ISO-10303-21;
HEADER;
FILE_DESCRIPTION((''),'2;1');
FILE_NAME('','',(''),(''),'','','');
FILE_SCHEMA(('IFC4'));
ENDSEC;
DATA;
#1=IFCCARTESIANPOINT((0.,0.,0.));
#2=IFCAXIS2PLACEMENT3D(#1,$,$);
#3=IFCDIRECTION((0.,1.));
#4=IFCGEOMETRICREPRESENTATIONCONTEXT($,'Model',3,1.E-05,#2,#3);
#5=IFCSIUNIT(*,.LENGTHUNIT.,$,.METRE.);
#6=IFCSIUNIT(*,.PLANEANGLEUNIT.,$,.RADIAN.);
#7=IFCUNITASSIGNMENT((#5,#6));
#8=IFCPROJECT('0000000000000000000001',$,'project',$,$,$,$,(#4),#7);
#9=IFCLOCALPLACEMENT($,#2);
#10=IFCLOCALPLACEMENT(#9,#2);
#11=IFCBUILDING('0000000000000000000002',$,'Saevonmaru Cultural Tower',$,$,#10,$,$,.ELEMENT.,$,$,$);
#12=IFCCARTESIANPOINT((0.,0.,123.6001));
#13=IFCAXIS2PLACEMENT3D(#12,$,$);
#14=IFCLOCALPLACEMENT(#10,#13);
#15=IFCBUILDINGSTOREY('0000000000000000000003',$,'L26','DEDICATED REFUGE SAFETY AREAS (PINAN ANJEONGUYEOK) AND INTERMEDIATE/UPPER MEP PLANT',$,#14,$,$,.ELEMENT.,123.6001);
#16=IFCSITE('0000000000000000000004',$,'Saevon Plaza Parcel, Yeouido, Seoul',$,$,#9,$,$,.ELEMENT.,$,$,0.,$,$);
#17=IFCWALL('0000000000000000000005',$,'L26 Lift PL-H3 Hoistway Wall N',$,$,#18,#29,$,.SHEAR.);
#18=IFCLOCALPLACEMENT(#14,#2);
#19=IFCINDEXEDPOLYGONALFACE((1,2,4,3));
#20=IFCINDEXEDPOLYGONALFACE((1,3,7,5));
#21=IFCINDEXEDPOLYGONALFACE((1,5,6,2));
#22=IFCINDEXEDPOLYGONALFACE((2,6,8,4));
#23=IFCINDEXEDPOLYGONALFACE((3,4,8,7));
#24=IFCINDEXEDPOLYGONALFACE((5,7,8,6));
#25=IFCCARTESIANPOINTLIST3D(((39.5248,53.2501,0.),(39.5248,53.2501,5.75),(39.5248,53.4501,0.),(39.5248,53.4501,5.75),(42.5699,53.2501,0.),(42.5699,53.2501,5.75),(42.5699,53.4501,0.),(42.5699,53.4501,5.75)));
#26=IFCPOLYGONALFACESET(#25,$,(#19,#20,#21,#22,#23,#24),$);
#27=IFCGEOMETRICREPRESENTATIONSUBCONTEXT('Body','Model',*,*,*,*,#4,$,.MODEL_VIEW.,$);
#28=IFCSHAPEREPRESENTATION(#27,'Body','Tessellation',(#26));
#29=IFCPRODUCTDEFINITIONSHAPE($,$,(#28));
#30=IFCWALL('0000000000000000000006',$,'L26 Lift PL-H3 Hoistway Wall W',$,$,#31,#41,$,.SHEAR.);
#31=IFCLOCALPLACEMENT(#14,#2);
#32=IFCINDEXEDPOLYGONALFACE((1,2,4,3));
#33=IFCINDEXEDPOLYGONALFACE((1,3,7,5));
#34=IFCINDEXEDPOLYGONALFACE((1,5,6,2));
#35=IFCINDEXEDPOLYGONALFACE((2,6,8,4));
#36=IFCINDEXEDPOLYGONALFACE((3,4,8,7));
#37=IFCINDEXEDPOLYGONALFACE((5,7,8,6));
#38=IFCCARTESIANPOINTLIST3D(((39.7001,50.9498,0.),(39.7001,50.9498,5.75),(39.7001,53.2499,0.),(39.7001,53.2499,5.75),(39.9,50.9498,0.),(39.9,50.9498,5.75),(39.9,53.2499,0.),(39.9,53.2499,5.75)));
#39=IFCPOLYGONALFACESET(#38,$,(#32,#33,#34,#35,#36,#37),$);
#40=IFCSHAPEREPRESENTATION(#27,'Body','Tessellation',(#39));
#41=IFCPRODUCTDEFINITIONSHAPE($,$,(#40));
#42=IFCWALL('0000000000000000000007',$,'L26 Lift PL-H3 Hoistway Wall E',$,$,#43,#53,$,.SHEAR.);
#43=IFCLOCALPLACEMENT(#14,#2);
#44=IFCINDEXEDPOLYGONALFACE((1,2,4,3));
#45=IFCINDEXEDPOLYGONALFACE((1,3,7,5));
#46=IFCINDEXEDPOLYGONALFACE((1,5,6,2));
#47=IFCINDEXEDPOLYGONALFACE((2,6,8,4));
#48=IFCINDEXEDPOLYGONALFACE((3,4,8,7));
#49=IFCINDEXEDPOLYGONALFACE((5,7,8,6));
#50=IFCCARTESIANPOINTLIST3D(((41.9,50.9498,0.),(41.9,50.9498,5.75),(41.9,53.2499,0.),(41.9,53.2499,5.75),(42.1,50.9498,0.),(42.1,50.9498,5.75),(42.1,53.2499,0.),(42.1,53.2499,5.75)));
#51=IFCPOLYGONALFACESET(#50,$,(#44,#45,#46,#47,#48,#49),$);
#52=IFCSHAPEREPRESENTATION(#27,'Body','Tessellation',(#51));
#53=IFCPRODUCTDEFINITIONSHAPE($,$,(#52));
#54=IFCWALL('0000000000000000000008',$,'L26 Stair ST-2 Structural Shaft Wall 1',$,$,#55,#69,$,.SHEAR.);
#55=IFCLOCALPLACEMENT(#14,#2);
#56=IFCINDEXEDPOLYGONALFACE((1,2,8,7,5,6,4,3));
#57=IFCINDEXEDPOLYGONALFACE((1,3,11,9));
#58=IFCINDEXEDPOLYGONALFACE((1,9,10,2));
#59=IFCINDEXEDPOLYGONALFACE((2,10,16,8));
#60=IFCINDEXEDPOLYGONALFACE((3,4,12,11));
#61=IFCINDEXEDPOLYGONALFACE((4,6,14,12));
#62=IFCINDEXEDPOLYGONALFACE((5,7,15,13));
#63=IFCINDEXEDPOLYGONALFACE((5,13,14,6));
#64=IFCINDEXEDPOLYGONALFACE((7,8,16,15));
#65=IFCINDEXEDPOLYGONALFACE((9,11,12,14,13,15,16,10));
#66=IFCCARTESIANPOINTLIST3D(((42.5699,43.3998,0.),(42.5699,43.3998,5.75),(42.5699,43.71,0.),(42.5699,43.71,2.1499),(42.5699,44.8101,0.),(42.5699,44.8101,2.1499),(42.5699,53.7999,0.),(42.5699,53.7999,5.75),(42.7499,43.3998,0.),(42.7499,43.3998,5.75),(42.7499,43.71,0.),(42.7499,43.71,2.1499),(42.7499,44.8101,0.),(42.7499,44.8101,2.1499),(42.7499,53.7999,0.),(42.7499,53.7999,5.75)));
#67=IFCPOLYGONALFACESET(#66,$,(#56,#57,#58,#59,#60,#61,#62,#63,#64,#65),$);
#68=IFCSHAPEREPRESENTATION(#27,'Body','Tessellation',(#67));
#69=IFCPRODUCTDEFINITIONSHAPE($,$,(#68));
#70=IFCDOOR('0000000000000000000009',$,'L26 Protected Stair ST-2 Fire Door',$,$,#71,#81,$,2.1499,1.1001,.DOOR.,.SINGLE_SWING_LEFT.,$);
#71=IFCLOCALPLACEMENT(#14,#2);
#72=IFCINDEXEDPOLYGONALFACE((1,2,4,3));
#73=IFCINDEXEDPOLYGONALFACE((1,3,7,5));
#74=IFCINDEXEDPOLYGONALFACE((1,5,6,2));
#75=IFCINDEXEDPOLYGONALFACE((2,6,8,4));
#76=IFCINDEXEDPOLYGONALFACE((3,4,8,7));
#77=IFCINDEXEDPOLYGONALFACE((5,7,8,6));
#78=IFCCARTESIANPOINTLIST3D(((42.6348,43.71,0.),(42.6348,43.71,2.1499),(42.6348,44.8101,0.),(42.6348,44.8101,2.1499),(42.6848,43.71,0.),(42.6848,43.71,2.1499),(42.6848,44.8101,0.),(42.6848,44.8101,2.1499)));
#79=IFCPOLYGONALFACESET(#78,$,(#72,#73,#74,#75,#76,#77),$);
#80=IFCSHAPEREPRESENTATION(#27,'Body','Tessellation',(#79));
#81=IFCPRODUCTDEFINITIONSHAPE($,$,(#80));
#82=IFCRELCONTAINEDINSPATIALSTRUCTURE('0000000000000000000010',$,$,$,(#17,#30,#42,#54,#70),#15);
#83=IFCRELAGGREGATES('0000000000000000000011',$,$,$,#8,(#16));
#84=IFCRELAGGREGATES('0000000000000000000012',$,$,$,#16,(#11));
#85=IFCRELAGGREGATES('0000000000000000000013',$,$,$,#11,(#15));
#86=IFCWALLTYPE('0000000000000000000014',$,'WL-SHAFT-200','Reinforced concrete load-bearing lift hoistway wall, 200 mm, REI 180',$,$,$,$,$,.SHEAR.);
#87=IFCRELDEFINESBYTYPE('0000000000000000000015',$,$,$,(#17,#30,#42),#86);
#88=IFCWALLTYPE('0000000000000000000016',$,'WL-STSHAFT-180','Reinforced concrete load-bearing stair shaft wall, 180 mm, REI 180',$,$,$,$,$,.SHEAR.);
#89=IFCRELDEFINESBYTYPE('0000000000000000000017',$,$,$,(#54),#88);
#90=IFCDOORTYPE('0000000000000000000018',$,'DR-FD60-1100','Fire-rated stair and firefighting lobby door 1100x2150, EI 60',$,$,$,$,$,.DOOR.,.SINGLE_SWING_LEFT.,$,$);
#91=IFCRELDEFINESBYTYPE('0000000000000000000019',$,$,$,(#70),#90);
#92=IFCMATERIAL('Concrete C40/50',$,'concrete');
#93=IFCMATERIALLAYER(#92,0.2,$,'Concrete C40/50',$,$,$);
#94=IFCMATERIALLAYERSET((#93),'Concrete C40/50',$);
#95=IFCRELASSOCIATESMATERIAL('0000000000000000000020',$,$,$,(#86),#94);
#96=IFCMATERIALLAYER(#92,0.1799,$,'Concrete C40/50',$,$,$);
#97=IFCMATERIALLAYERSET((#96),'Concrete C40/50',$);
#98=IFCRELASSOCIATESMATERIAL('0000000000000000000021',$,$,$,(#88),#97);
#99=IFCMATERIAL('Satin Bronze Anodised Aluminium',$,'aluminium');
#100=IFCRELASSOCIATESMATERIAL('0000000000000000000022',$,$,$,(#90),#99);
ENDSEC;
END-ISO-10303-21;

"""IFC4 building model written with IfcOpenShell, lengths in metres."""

from ifc_helpers import new_model, si_unit, direction, frame, frame_2d, origin, place, context, subcontext, project, spatial, rectangle, extrude, material, layer, layer_set, type_object, element, fill, save


model = new_model("IFC4")

# Units and contexts
model_context = context("Model", 3, precision=1e-05, world=origin(), true_north=direction((0.0, 1.0)))
body_context = subcontext(model_context, "Body", "Model", "MODEL_VIEW")
ifc_project = project(units=[si_unit("LENGTHUNIT", "METRE"), si_unit("PLANEANGLEUNIT", "RADIAN")], contexts=[model_context])

# Site, building, storey
site_placement = place(None, origin())
site = spatial("IfcSite", under=ifc_project, at=site_placement, Name="Saevon Plaza Parcel, Yeouido, Seoul", CompositionType="ELEMENT", RefElevation=0.0)
building_placement = place(site_placement, origin())
building = spatial("IfcBuilding", under=site, at=building_placement, Name="Saevonmaru Cultural Tower", CompositionType="ELEMENT")
storey_placement = place(building_placement, frame((0.0, 0.0, 123.6001)))
storey = spatial("IfcBuildingStorey", under=building, at=storey_placement, Name="L26", Description="DEDICATED REFUGE SAFETY AREAS (PINAN ANJEONGUYEOK) AND INTERMEDIATE/UPPER MEP PLANT", CompositionType="ELEMENT", Elevation=123.6001)

# Shared definitions
ifc_material_1 = material(Name="Satin Bronze Anodised Aluminium", Category="aluminium")

# Walls
ifc_material_2 = material(Name="Concrete C40/50", Category="concrete")
ifc_layer_1 = layer(ifc_material_2, 0.2, Name="Concrete C40/50")
ifc_layer_set_1 = layer_set([ifc_layer_1], Name="Concrete C40/50")
wall_type_1 = type_object("IfcWallType", Name="WL-SHAFT-200", Description="Reinforced concrete load-bearing lift hoistway wall, 200 mm, REI 180", PredefinedType="SHEAR", material=ifc_layer_set_1)
wall_1_placement = place(storey_placement, frame((39.5249, 53.3501, 0.0), z_axis=(0.0, 0.0, 1.0), x_axis=(1.0, 0.0, 0.0)))
element("IfcWall", 1, at=wall_1_placement, inside=storey, type_object=wall_type_1, Name="L26 Lift PL-H3 Hoistway Wall N", PredefinedType="SHEAR", context=body_context, shape_type="SweptSolid", body=[
    extrude(rectangle(XDim=3.0452, YDim=0.2, at=frame_2d((1.5225, 0.0))), origin(), (0.0, 0.0, 1.0), 5.75),
])
for number, where, z_axis, x_axis, name in (
    (2, (39.8, 50.95, 0.0), (0.0, 0.0, 1.0), (0.0, 1.0, 0.0), "L26 Lift PL-H3 Hoistway Wall W"),
    (3, (42.0, 50.95, 0.0), (0.0, 0.0, 1.0), (0.0, 1.0, 0.0), "L26 Lift PL-H3 Hoistway Wall E"),
):
    element("IfcWall", number, at=place(storey_placement, frame(where, z_axis=z_axis, x_axis=x_axis)), inside=storey, type_object=wall_type_1, Name=name, PredefinedType="SHEAR", context=body_context, shape_type="SweptSolid", body=[
        extrude(rectangle(XDim=2.3, YDim=0.2, at=frame_2d((1.1499, 0.0))), origin(), (0.0, 0.0, 1.0), 5.75),
    ])

# Wall, opening, door
ifc_layer_2 = layer(ifc_material_2, 0.1799, Name="Concrete C40/50")
ifc_layer_set_2 = layer_set([ifc_layer_2], Name="Concrete C40/50")
wall_type_2 = type_object("IfcWallType", Name="WL-STSHAFT-180", Description="Reinforced concrete load-bearing stair shaft wall, 180 mm, REI 180", PredefinedType="SHEAR", material=ifc_layer_set_2)
wall_2_placement = place(storey_placement, frame((42.6599, 53.8, 0.0), z_axis=(0.0, 0.0, 1.0), x_axis=(0.0, -1.0, 0.0)))
wall_2 = element("IfcWall", 4, at=wall_2_placement, inside=storey, type_object=wall_type_2, Name="L26 Stair ST-2 Structural Shaft Wall 1", PredefinedType="SHEAR", context=body_context, shape_type="SweptSolid", body=[
    extrude(rectangle(XDim=10.4001, YDim=0.1799, at=frame_2d((5.2002, 0.0))), origin(), (0.0, 0.0, 1.0), 5.75),
])
opening_placement = place(wall_2_placement, frame((8.99, 0.0, 0.0)))
opening = element("IfcOpeningElement", 5, at=opening_placement, cuts=wall_2, PredefinedType="OPENING", context=body_context, shape_type="SweptSolid", body=[
    extrude(rectangle(XDim=1.1001, YDim=2.1499, at=frame_2d((0.55, 1.075))), frame((0.0, 0.1001, 0.0), z_axis=(0.0, -1.0, 0.0), x_axis=(1.0, 0.0, 0.0)), (0.0, 0.0, 1.0), 0.2),
])
door_type = type_object("IfcDoorType", Name="DR-FD60-1100", Description="Fire-rated stair and firefighting lobby door 1100x2150, EI 60", OperationType="SINGLE_SWING_LEFT", PredefinedType="DOOR", material=ifc_material_1)
door_placement = place(opening_placement, origin())
door = element("IfcDoor", 6, at=door_placement, inside=storey, type_object=door_type, Name="L26 Protected Stair ST-2 Fire Door", OperationType="SINGLE_SWING_LEFT", OverallHeight=2.1499, OverallWidth=1.1001, PredefinedType="DOOR", context=body_context, shape_type="SweptSolid", body=[
    extrude(rectangle(XDim=1.1001, YDim=2.1499, at=frame_2d((0.55, 1.075))), frame((0.0, 0.0249, 0.0), z_axis=(0.0, -1.0, 0.0), x_axis=(1.0, 0.0, 0.0)), (0.0, 0.0, 1.0), 0.05),
])
fill(opening, door)

save(model, "model.ifc")
